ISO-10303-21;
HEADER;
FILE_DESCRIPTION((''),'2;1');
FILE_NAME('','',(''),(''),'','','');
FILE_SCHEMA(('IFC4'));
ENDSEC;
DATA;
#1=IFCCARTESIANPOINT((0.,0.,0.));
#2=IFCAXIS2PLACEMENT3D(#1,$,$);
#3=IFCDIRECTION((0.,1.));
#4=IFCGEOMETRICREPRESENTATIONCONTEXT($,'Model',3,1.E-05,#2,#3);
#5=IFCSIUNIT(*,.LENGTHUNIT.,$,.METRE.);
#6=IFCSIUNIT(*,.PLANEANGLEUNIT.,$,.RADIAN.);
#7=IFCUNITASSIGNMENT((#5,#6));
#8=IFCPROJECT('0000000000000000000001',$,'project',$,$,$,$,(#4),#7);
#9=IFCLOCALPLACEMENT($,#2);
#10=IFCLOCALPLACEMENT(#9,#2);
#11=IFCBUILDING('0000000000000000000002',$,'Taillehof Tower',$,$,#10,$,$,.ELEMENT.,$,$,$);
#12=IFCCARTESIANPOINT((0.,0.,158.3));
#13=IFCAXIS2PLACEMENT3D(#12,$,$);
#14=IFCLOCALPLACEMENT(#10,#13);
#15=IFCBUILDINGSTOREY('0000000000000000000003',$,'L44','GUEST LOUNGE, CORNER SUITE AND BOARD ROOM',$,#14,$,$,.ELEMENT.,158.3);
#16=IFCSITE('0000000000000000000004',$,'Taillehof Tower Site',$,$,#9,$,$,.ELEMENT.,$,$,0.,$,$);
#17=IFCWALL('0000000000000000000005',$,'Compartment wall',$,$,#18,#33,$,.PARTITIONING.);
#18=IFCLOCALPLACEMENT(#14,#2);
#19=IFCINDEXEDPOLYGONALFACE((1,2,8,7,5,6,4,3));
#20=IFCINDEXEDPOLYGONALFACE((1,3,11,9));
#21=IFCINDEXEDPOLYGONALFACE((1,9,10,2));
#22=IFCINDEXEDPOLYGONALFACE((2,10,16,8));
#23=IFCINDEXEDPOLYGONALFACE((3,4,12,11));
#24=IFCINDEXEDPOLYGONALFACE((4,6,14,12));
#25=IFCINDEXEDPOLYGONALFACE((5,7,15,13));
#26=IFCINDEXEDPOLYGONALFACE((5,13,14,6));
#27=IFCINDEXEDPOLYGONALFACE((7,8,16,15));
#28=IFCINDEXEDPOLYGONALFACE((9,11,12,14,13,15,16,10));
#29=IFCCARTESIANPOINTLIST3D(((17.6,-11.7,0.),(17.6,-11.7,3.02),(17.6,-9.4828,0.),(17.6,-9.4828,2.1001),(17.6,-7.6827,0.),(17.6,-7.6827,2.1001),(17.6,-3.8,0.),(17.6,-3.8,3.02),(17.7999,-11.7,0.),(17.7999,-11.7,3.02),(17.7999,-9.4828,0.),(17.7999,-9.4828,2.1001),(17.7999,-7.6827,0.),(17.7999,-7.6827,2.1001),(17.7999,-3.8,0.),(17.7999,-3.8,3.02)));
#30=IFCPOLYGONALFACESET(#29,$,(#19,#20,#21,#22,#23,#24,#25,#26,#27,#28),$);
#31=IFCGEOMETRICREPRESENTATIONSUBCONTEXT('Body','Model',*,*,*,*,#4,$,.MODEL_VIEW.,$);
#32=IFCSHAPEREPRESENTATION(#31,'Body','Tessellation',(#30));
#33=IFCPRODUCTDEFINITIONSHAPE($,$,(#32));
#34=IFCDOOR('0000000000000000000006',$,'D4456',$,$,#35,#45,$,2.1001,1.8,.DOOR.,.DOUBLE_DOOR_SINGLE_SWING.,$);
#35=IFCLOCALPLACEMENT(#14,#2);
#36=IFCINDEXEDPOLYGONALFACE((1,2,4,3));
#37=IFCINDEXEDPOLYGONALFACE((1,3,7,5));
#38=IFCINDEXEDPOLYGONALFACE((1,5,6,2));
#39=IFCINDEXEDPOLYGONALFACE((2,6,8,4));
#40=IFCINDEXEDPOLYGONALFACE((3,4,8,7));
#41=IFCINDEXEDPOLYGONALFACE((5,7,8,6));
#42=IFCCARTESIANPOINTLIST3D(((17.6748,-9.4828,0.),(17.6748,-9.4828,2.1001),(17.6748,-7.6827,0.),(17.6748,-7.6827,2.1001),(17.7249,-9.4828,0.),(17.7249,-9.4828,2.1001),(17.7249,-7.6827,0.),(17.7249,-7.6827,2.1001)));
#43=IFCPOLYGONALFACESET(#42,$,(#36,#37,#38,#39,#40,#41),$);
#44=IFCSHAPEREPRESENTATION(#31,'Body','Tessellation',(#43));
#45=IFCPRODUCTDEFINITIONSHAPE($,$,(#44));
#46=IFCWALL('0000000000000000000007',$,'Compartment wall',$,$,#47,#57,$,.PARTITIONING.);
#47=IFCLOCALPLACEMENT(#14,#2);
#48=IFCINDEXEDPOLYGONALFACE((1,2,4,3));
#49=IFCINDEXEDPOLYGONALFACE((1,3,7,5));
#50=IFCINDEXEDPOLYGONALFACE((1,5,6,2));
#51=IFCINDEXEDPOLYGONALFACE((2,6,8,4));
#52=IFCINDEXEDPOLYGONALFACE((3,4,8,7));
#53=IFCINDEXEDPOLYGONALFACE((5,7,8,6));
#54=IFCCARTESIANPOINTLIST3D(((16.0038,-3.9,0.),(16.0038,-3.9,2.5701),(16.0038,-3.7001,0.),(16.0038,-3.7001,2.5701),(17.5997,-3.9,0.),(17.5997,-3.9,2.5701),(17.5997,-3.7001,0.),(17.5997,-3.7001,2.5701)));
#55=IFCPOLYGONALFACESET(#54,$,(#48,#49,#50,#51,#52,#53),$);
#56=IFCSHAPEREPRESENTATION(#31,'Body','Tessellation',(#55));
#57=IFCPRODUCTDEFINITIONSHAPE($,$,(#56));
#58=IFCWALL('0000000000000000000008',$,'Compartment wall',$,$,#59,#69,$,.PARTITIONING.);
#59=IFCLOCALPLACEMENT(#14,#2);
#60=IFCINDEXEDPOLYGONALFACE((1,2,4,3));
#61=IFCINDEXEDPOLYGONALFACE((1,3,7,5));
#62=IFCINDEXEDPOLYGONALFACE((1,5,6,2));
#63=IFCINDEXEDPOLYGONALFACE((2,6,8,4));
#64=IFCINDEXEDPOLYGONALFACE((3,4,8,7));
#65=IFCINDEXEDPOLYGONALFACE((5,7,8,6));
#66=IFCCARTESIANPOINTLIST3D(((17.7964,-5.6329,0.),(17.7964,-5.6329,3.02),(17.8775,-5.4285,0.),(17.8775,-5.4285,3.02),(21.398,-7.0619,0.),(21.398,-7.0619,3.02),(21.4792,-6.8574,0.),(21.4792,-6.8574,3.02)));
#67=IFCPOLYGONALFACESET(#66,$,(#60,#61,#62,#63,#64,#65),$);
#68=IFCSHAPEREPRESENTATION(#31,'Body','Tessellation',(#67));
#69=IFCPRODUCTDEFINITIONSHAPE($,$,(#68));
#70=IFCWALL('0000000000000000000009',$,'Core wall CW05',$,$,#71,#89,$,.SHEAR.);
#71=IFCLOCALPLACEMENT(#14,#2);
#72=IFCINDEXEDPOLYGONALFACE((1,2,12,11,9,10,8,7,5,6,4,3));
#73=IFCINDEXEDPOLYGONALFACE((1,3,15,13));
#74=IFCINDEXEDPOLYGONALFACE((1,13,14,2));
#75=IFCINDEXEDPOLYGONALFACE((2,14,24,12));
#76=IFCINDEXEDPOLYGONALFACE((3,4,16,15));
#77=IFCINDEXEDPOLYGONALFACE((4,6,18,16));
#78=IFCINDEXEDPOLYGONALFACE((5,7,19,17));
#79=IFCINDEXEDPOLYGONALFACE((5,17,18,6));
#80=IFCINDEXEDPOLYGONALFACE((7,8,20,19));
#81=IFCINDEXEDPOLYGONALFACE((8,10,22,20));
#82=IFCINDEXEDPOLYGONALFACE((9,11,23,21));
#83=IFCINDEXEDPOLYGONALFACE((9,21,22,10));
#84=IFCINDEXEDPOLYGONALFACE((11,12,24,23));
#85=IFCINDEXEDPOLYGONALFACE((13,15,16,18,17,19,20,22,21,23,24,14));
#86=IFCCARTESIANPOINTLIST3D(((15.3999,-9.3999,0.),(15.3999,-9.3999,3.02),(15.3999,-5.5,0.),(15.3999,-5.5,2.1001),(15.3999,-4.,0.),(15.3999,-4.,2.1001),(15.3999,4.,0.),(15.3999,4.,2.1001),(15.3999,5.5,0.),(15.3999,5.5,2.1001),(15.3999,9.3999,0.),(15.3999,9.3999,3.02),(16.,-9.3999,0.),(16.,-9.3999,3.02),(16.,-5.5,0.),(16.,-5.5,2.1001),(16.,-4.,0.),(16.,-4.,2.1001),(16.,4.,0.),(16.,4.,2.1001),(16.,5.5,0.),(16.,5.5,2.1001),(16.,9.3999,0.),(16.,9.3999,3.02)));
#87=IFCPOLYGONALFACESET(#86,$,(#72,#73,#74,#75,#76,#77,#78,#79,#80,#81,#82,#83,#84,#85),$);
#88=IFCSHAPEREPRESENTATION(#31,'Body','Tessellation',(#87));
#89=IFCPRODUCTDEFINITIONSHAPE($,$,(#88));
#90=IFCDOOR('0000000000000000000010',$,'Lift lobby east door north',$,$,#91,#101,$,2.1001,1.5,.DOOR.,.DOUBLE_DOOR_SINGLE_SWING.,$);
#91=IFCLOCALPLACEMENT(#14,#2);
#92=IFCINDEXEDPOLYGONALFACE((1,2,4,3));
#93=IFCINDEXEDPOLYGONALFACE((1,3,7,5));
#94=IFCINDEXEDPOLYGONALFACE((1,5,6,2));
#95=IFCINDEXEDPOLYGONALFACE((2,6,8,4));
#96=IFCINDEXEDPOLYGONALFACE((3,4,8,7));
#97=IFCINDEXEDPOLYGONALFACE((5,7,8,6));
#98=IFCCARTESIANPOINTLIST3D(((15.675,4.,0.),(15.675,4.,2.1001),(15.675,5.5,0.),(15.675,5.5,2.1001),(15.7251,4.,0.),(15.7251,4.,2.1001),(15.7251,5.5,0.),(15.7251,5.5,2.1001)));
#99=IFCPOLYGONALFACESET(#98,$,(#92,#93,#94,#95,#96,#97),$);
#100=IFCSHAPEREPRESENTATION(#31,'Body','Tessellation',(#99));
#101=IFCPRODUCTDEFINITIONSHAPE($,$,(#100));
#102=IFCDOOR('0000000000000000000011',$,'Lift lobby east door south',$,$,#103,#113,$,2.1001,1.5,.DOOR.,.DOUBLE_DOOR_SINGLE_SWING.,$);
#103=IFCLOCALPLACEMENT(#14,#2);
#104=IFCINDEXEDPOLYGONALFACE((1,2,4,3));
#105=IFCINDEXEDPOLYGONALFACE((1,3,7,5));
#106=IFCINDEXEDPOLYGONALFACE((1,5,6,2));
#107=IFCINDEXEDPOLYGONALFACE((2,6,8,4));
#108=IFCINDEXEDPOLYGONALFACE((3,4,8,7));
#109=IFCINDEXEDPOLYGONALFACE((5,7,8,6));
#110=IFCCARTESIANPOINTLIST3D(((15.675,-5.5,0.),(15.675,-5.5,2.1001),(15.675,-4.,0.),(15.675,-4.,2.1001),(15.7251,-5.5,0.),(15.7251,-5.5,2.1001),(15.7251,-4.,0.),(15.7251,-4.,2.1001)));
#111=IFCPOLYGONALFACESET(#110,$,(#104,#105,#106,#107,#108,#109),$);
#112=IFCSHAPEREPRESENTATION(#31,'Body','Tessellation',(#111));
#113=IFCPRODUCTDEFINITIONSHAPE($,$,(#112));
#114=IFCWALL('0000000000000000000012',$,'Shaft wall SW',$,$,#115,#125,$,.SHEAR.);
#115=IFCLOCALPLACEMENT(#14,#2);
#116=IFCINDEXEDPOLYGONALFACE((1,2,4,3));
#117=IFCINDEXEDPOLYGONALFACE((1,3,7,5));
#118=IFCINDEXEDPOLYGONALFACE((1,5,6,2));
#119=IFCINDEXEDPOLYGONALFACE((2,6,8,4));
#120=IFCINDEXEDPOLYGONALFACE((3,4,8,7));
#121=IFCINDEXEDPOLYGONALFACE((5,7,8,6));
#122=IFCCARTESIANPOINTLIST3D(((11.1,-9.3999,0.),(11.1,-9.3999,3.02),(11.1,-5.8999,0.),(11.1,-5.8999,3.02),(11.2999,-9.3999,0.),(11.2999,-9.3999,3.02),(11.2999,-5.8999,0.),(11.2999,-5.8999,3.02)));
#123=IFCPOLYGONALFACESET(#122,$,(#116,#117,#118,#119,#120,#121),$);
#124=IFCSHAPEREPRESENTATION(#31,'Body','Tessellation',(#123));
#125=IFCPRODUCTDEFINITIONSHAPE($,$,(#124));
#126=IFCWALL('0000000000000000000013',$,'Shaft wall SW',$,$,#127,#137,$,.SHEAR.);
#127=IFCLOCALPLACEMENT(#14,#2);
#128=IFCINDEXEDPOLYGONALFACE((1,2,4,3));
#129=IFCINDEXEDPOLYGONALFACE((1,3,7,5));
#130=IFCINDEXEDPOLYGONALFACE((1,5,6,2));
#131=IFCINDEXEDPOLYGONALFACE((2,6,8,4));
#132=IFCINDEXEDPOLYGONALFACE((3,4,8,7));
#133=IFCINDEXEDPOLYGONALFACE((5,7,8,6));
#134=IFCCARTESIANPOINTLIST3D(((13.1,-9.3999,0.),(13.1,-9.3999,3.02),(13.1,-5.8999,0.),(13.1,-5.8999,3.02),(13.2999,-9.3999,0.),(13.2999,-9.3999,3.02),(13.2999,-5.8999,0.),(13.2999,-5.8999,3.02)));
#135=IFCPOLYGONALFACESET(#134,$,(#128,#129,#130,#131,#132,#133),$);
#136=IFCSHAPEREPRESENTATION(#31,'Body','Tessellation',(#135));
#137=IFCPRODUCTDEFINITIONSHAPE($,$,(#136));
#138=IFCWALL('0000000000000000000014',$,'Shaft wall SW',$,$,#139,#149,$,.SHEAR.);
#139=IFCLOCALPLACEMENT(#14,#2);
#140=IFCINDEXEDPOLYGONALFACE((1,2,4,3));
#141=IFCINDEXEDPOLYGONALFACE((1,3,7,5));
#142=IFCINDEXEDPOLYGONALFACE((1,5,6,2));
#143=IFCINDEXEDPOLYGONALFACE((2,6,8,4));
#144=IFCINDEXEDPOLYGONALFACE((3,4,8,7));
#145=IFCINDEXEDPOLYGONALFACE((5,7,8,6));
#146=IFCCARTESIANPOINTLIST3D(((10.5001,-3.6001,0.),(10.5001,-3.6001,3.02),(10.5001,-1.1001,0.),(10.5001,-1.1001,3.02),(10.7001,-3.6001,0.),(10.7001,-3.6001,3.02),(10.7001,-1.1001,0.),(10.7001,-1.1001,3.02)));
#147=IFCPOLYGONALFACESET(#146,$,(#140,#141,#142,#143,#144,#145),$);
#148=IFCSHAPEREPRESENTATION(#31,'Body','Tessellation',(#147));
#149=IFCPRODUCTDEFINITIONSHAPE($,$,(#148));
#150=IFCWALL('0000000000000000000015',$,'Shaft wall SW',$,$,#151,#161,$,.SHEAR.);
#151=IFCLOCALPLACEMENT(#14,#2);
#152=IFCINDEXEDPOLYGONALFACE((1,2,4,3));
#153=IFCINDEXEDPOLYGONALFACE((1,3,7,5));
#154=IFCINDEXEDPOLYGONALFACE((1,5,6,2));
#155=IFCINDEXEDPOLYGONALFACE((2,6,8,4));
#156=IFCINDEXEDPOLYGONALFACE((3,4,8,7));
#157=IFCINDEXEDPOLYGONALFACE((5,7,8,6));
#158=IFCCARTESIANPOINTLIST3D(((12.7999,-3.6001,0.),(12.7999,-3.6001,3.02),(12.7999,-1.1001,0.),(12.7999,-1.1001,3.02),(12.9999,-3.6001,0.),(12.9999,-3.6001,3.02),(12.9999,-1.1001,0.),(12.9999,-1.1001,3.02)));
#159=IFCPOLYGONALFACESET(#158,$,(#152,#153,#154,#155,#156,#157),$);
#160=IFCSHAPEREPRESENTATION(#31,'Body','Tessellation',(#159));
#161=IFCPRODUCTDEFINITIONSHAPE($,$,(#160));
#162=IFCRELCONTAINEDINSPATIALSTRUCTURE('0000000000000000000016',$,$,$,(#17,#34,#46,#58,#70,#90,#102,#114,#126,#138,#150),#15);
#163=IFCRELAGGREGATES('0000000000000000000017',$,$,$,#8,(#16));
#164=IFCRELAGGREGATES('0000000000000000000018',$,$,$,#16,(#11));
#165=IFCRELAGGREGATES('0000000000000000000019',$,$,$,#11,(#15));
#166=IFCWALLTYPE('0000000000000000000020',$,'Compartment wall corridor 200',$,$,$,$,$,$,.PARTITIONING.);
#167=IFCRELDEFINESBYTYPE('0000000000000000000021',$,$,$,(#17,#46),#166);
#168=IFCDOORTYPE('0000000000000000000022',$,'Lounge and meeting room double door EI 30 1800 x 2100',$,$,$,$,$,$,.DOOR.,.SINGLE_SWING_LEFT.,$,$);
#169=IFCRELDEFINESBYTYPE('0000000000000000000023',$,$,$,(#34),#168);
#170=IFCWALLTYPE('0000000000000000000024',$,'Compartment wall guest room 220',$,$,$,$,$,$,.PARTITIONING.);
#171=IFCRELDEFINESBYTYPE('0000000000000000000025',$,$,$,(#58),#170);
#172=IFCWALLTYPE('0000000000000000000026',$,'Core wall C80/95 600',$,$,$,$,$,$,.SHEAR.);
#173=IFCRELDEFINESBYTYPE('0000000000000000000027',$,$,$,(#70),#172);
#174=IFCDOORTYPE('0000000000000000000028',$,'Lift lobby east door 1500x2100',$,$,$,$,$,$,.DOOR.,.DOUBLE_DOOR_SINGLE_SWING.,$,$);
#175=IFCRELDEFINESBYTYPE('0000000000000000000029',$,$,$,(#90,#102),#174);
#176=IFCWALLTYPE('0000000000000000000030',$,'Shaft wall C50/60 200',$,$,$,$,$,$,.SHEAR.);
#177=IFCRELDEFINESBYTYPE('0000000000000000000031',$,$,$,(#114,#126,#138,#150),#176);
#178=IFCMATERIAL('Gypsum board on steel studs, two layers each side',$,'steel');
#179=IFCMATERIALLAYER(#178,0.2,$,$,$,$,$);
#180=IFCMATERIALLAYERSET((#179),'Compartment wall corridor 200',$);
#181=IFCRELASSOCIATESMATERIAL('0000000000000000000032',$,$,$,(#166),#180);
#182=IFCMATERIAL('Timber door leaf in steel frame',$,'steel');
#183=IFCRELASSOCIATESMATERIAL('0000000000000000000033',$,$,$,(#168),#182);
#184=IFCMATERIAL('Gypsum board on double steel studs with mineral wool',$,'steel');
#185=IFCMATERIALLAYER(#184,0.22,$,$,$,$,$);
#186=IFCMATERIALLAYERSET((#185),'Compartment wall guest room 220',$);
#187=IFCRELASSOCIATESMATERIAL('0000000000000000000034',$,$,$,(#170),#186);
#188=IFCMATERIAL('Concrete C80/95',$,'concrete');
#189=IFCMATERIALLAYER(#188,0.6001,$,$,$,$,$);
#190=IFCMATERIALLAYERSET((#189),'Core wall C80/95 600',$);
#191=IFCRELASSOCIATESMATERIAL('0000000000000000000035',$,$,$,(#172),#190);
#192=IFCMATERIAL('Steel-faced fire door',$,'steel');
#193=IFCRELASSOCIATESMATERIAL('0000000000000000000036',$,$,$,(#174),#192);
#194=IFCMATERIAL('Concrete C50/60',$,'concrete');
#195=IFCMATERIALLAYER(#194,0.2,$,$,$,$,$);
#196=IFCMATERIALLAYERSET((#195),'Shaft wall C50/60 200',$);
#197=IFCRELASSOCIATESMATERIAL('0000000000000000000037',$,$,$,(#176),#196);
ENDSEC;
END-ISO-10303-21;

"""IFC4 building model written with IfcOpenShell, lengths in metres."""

from ifc_helpers import new_model, si_unit, direction, frame, frame_2d, origin, place, context, subcontext, project, spatial, rectangle, extrude, material, layer, layer_set, type_object, element, fill, save


model = new_model("IFC4")

# Units and contexts
model_context = context("Model", 3, precision=1e-05, world=origin(), true_north=direction((0.0, 1.0)))
body_context = subcontext(model_context, "Body", "Model", "MODEL_VIEW")
ifc_project = project(units=[si_unit("LENGTHUNIT", "METRE"), si_unit("PLANEANGLEUNIT", "RADIAN")], contexts=[model_context])

# Site, building, storey
site_placement = place(None, origin())
site = spatial("IfcSite", under=ifc_project, at=site_placement, Name="Taillehof Tower Site", CompositionType="ELEMENT", RefElevation=0.0)
building_placement = place(site_placement, origin())
building = spatial("IfcBuilding", under=site, at=building_placement, Name="Taillehof Tower", CompositionType="ELEMENT")
storey_placement = place(building_placement, frame((0.0, 0.0, 158.3)))
storey = spatial("IfcBuildingStorey", under=building, at=storey_placement, Name="L44", Description="GUEST LOUNGE, CORNER SUITE AND BOARD ROOM", CompositionType="ELEMENT", Elevation=158.3)

# Wall, opening, door
ifc_material_1 = material(Name="Gypsum board on steel studs, two layers each side", Category="steel")
ifc_layer_1 = layer(ifc_material_1, 0.2)
ifc_layer_set_1 = layer_set([ifc_layer_1], Name="Compartment wall corridor 200")
wall_type_1 = type_object("IfcWallType", Name="Compartment wall corridor 200", PredefinedType="PARTITIONING", material=ifc_layer_set_1)
wall_1_placement = place(storey_placement, frame((17.7, -3.8, 0.0), z_axis=(0.0, 0.0, 1.0), x_axis=(0.0, -1.0, 0.0)))
wall_1 = element("IfcWall", 1, at=wall_1_placement, inside=storey, type_object=wall_type_1, Name="Compartment wall", PredefinedType="PARTITIONING", context=body_context, shape_type="SweptSolid", body=[
    extrude(rectangle(XDim=7.8999, YDim=0.2, at=frame_2d((3.95, 0.0))), origin(), (0.0, 0.0, 1.0), 3.02),
])
opening_1_placement = place(wall_1_placement, frame((3.8828, 0.0, 0.0)))
opening_1 = element("IfcOpeningElement", 2, at=opening_1_placement, cuts=wall_1, PredefinedType="OPENING", context=body_context, shape_type="SweptSolid", body=[
    extrude(rectangle(XDim=1.8, YDim=2.1001, at=frame_2d((0.8999, 1.05))), frame((0.0, 0.1099, 0.0), z_axis=(0.0, -1.0, 0.0), x_axis=(1.0, 0.0, 0.0)), (0.0, 0.0, 1.0), 0.22),
])
ifc_material_2 = material(Name="Timber door leaf in steel frame", Category="steel")
door_type_1 = type_object("IfcDoorType", Name="Lounge and meeting room double door EI 30 1800 x 2100", OperationType="SINGLE_SWING_LEFT", PredefinedType="DOOR", material=ifc_material_2)
door_1_placement = place(opening_1_placement, origin())
door_1 = element("IfcDoor", 3, at=door_1_placement, inside=storey, type_object=door_type_1, Name="D4456", OperationType="DOUBLE_DOOR_SINGLE_SWING", OverallHeight=2.1001, OverallWidth=1.8, PredefinedType="DOOR", context=body_context, shape_type="SweptSolid", body=[
    extrude(rectangle(XDim=1.8, YDim=2.1001, at=frame_2d((0.8999, 1.05))), frame((0.0, 0.0249, 0.0), z_axis=(0.0, -1.0, 0.0), x_axis=(1.0, 0.0, 0.0)), (0.0, 0.0, 1.0), 0.05),
])
fill(opening_1, door_1)

# Walls
wall_2_placement = place(storey_placement, frame((16.0039, -3.8, 0.0), z_axis=(0.0, 0.0, 1.0), x_axis=(1.0, 0.0, 0.0)))
element("IfcWall", 4, at=wall_2_placement, inside=storey, type_object=wall_type_1, Name="Compartment wall", PredefinedType="PARTITIONING", context=body_context, shape_type="SweptSolid", body=[
    extrude(rectangle(XDim=1.5959, YDim=0.2, at=frame_2d((0.7979, 0.0))), origin(), (0.0, 0.0, 1.0), 2.5701),
])
ifc_material_3 = material(Name="Gypsum board on double steel studs with mineral wool", Category="steel")
ifc_layer_2 = layer(ifc_material_3, 0.22)
ifc_layer_set_2 = layer_set([ifc_layer_2], Name="Compartment wall guest room 220")
wall_type_2 = type_object("IfcWallType", Name="Compartment wall guest room 220", PredefinedType="PARTITIONING", material=ifc_layer_set_2)
wall_3_placement = place(storey_placement, frame((21.4387, -6.9597, 0.0), z_axis=(0.0, 0.0, 1.0), x_axis=(-0.929512, 0.368793, 0.0)))
element("IfcWall", 5, at=wall_3_placement, inside=storey, type_object=wall_type_2, Name="Compartment wall", PredefinedType="PARTITIONING", context=body_context, shape_type="SweptSolid", body=[
    extrude(rectangle(XDim=3.8748, YDim=0.22, at=frame_2d((1.9375, 0.0))), origin(), (0.0, 0.0, 1.0), 3.02),
])

# Wall, openings, doors
ifc_material_4 = material(Name="Concrete C80/95", Category="concrete")
ifc_layer_3 = layer(ifc_material_4, 0.6001)
ifc_layer_set_3 = layer_set([ifc_layer_3], Name="Core wall C80/95 600")
wall_type_3 = type_object("IfcWallType", Name="Core wall C80/95 600", PredefinedType="SHEAR", material=ifc_layer_set_3)
wall_4_placement = place(storey_placement, frame((15.7, -9.3999, 0.0), z_axis=(0.0, 0.0, 1.0), x_axis=(0.0, 1.0, 0.0)))
wall_4 = element("IfcWall", 6, at=wall_4_placement, inside=storey, type_object=wall_type_3, Name="Core wall CW05", PredefinedType="SHEAR", context=body_context, shape_type="SweptSolid", body=[
    extrude(rectangle(XDim=18.7998, YDim=0.6001, at=frame_2d((9.3999, 0.0))), origin(), (0.0, 0.0, 1.0), 3.02),
])
opening_2_placement = place(wall_4_placement, frame((13.3999, 0.0, 0.0)))
opening_2 = element("IfcOpeningElement", 7, at=opening_2_placement, cuts=wall_4, PredefinedType="OPENING", context=body_context, shape_type="SweptSolid", body=[
    extrude(rectangle(XDim=1.5, YDim=2.1001, at=frame_2d((0.75, 1.05))), frame((0.0, 0.3101, 0.0), z_axis=(0.0, -1.0, 0.0), x_axis=(1.0, 0.0, 0.0)), (0.0, 0.0, 1.0), 0.6201),
])
opening_3_placement = place(wall_4_placement, frame((3.8999, 0.0, 0.0)))
opening_3 = element("IfcOpeningElement", 8, at=opening_3_placement, cuts=wall_4, PredefinedType="OPENING", context=body_context, shape_type="SweptSolid", body=[
    extrude(rectangle(XDim=1.5, YDim=2.1001, at=frame_2d((0.75, 1.05))), frame((0.0, 0.3101, 0.0), z_axis=(0.0, -1.0, 0.0), x_axis=(1.0, 0.0, 0.0)), (0.0, 0.0, 1.0), 0.6201),
])
ifc_material_5 = material(Name="Steel-faced fire door", Category="steel")
door_type_2 = type_object("IfcDoorType", Name="Lift lobby east door 1500x2100", OperationType="DOUBLE_DOOR_SINGLE_SWING", PredefinedType="DOOR", material=ifc_material_5)
door_2_placement = place(opening_2_placement, origin())
door_2 = element("IfcDoor", 9, at=door_2_placement, inside=storey, type_object=door_type_2, Name="Lift lobby east door north", OperationType="DOUBLE_DOOR_SINGLE_SWING", OverallHeight=2.1001, OverallWidth=1.5, PredefinedType="DOOR", context=body_context, shape_type="SweptSolid", body=[
    extrude(rectangle(XDim=1.5, YDim=2.1001, at=frame_2d((0.75, 1.05))), frame((0.0, 0.0249, 0.0), z_axis=(0.0, -1.0, 0.0), x_axis=(1.0, 0.0, 0.0)), (0.0, 0.0, 1.0), 0.05),
])
fill(opening_2, door_2)
door_3_placement = place(opening_3_placement, origin())
door_3 = element("IfcDoor", 10, at=door_3_placement, inside=storey, type_object=door_type_2, Name="Lift lobby east door south", OperationType="DOUBLE_DOOR_SINGLE_SWING", OverallHeight=2.1001, OverallWidth=1.5, PredefinedType="DOOR", context=body_context, shape_type="SweptSolid", body=[
    extrude(rectangle(XDim=1.5, YDim=2.1001, at=frame_2d((0.75, 1.05))), frame((0.0, 0.0249, 0.0), z_axis=(0.0, -1.0, 0.0), x_axis=(1.0, 0.0, 0.0)), (0.0, 0.0, 1.0), 0.05),
])
fill(opening_3, door_3)

# Walls
ifc_material_6 = material(Name="Concrete C50/60", Category="concrete")
ifc_layer_4 = layer(ifc_material_6, 0.2)
ifc_layer_set_4 = layer_set([ifc_layer_4], Name="Shaft wall C50/60 200")
wall_type_4 = type_object("IfcWallType", Name="Shaft wall C50/60 200", PredefinedType="SHEAR", material=ifc_layer_set_4)
for number, where, z_axis, x_axis, name in (
    (11, (11.2, -9.3999, 0.0), (0.0, 0.0, 1.0), (0.0, 1.0, 0.0), "Shaft wall SW"),
    (12, (13.2, -9.3999, 0.0), (0.0, 0.0, 1.0), (0.0, 1.0, 0.0), "Shaft wall SW"),
):
    element("IfcWall", number, at=place(storey_placement, frame(where, z_axis=z_axis, x_axis=x_axis)), inside=storey, type_object=wall_type_4, Name=name, PredefinedType="SHEAR", context=body_context, shape_type="SweptSolid", body=[
        extrude(rectangle(XDim=3.5, YDim=0.2, at=frame_2d((1.75, 0.0))), origin(), (0.0, 0.0, 1.0), 3.02),
    ])
for number, where, z_axis, x_axis, name in (
    (13, (10.6001, -3.6001, 0.0), (0.0, 0.0, 1.0), (0.0, 1.0, 0.0), "Shaft wall SW"),
    (14, (12.8999, -3.6001, 0.0), (0.0, 0.0, 1.0), (0.0, 1.0, 0.0), "Shaft wall SW"),
):
    element("IfcWall", number, at=place(storey_placement, frame(where, z_axis=z_axis, x_axis=x_axis)), inside=storey, type_object=wall_type_4, Name=name, PredefinedType="SHEAR", context=body_context, shape_type="SweptSolid", body=[
        extrude(rectangle(XDim=2.5, YDim=0.2, at=frame_2d((1.25, 0.0))), origin(), (0.0, 0.0, 1.0), 3.02),
    ])

save(model, "model.ifc")
